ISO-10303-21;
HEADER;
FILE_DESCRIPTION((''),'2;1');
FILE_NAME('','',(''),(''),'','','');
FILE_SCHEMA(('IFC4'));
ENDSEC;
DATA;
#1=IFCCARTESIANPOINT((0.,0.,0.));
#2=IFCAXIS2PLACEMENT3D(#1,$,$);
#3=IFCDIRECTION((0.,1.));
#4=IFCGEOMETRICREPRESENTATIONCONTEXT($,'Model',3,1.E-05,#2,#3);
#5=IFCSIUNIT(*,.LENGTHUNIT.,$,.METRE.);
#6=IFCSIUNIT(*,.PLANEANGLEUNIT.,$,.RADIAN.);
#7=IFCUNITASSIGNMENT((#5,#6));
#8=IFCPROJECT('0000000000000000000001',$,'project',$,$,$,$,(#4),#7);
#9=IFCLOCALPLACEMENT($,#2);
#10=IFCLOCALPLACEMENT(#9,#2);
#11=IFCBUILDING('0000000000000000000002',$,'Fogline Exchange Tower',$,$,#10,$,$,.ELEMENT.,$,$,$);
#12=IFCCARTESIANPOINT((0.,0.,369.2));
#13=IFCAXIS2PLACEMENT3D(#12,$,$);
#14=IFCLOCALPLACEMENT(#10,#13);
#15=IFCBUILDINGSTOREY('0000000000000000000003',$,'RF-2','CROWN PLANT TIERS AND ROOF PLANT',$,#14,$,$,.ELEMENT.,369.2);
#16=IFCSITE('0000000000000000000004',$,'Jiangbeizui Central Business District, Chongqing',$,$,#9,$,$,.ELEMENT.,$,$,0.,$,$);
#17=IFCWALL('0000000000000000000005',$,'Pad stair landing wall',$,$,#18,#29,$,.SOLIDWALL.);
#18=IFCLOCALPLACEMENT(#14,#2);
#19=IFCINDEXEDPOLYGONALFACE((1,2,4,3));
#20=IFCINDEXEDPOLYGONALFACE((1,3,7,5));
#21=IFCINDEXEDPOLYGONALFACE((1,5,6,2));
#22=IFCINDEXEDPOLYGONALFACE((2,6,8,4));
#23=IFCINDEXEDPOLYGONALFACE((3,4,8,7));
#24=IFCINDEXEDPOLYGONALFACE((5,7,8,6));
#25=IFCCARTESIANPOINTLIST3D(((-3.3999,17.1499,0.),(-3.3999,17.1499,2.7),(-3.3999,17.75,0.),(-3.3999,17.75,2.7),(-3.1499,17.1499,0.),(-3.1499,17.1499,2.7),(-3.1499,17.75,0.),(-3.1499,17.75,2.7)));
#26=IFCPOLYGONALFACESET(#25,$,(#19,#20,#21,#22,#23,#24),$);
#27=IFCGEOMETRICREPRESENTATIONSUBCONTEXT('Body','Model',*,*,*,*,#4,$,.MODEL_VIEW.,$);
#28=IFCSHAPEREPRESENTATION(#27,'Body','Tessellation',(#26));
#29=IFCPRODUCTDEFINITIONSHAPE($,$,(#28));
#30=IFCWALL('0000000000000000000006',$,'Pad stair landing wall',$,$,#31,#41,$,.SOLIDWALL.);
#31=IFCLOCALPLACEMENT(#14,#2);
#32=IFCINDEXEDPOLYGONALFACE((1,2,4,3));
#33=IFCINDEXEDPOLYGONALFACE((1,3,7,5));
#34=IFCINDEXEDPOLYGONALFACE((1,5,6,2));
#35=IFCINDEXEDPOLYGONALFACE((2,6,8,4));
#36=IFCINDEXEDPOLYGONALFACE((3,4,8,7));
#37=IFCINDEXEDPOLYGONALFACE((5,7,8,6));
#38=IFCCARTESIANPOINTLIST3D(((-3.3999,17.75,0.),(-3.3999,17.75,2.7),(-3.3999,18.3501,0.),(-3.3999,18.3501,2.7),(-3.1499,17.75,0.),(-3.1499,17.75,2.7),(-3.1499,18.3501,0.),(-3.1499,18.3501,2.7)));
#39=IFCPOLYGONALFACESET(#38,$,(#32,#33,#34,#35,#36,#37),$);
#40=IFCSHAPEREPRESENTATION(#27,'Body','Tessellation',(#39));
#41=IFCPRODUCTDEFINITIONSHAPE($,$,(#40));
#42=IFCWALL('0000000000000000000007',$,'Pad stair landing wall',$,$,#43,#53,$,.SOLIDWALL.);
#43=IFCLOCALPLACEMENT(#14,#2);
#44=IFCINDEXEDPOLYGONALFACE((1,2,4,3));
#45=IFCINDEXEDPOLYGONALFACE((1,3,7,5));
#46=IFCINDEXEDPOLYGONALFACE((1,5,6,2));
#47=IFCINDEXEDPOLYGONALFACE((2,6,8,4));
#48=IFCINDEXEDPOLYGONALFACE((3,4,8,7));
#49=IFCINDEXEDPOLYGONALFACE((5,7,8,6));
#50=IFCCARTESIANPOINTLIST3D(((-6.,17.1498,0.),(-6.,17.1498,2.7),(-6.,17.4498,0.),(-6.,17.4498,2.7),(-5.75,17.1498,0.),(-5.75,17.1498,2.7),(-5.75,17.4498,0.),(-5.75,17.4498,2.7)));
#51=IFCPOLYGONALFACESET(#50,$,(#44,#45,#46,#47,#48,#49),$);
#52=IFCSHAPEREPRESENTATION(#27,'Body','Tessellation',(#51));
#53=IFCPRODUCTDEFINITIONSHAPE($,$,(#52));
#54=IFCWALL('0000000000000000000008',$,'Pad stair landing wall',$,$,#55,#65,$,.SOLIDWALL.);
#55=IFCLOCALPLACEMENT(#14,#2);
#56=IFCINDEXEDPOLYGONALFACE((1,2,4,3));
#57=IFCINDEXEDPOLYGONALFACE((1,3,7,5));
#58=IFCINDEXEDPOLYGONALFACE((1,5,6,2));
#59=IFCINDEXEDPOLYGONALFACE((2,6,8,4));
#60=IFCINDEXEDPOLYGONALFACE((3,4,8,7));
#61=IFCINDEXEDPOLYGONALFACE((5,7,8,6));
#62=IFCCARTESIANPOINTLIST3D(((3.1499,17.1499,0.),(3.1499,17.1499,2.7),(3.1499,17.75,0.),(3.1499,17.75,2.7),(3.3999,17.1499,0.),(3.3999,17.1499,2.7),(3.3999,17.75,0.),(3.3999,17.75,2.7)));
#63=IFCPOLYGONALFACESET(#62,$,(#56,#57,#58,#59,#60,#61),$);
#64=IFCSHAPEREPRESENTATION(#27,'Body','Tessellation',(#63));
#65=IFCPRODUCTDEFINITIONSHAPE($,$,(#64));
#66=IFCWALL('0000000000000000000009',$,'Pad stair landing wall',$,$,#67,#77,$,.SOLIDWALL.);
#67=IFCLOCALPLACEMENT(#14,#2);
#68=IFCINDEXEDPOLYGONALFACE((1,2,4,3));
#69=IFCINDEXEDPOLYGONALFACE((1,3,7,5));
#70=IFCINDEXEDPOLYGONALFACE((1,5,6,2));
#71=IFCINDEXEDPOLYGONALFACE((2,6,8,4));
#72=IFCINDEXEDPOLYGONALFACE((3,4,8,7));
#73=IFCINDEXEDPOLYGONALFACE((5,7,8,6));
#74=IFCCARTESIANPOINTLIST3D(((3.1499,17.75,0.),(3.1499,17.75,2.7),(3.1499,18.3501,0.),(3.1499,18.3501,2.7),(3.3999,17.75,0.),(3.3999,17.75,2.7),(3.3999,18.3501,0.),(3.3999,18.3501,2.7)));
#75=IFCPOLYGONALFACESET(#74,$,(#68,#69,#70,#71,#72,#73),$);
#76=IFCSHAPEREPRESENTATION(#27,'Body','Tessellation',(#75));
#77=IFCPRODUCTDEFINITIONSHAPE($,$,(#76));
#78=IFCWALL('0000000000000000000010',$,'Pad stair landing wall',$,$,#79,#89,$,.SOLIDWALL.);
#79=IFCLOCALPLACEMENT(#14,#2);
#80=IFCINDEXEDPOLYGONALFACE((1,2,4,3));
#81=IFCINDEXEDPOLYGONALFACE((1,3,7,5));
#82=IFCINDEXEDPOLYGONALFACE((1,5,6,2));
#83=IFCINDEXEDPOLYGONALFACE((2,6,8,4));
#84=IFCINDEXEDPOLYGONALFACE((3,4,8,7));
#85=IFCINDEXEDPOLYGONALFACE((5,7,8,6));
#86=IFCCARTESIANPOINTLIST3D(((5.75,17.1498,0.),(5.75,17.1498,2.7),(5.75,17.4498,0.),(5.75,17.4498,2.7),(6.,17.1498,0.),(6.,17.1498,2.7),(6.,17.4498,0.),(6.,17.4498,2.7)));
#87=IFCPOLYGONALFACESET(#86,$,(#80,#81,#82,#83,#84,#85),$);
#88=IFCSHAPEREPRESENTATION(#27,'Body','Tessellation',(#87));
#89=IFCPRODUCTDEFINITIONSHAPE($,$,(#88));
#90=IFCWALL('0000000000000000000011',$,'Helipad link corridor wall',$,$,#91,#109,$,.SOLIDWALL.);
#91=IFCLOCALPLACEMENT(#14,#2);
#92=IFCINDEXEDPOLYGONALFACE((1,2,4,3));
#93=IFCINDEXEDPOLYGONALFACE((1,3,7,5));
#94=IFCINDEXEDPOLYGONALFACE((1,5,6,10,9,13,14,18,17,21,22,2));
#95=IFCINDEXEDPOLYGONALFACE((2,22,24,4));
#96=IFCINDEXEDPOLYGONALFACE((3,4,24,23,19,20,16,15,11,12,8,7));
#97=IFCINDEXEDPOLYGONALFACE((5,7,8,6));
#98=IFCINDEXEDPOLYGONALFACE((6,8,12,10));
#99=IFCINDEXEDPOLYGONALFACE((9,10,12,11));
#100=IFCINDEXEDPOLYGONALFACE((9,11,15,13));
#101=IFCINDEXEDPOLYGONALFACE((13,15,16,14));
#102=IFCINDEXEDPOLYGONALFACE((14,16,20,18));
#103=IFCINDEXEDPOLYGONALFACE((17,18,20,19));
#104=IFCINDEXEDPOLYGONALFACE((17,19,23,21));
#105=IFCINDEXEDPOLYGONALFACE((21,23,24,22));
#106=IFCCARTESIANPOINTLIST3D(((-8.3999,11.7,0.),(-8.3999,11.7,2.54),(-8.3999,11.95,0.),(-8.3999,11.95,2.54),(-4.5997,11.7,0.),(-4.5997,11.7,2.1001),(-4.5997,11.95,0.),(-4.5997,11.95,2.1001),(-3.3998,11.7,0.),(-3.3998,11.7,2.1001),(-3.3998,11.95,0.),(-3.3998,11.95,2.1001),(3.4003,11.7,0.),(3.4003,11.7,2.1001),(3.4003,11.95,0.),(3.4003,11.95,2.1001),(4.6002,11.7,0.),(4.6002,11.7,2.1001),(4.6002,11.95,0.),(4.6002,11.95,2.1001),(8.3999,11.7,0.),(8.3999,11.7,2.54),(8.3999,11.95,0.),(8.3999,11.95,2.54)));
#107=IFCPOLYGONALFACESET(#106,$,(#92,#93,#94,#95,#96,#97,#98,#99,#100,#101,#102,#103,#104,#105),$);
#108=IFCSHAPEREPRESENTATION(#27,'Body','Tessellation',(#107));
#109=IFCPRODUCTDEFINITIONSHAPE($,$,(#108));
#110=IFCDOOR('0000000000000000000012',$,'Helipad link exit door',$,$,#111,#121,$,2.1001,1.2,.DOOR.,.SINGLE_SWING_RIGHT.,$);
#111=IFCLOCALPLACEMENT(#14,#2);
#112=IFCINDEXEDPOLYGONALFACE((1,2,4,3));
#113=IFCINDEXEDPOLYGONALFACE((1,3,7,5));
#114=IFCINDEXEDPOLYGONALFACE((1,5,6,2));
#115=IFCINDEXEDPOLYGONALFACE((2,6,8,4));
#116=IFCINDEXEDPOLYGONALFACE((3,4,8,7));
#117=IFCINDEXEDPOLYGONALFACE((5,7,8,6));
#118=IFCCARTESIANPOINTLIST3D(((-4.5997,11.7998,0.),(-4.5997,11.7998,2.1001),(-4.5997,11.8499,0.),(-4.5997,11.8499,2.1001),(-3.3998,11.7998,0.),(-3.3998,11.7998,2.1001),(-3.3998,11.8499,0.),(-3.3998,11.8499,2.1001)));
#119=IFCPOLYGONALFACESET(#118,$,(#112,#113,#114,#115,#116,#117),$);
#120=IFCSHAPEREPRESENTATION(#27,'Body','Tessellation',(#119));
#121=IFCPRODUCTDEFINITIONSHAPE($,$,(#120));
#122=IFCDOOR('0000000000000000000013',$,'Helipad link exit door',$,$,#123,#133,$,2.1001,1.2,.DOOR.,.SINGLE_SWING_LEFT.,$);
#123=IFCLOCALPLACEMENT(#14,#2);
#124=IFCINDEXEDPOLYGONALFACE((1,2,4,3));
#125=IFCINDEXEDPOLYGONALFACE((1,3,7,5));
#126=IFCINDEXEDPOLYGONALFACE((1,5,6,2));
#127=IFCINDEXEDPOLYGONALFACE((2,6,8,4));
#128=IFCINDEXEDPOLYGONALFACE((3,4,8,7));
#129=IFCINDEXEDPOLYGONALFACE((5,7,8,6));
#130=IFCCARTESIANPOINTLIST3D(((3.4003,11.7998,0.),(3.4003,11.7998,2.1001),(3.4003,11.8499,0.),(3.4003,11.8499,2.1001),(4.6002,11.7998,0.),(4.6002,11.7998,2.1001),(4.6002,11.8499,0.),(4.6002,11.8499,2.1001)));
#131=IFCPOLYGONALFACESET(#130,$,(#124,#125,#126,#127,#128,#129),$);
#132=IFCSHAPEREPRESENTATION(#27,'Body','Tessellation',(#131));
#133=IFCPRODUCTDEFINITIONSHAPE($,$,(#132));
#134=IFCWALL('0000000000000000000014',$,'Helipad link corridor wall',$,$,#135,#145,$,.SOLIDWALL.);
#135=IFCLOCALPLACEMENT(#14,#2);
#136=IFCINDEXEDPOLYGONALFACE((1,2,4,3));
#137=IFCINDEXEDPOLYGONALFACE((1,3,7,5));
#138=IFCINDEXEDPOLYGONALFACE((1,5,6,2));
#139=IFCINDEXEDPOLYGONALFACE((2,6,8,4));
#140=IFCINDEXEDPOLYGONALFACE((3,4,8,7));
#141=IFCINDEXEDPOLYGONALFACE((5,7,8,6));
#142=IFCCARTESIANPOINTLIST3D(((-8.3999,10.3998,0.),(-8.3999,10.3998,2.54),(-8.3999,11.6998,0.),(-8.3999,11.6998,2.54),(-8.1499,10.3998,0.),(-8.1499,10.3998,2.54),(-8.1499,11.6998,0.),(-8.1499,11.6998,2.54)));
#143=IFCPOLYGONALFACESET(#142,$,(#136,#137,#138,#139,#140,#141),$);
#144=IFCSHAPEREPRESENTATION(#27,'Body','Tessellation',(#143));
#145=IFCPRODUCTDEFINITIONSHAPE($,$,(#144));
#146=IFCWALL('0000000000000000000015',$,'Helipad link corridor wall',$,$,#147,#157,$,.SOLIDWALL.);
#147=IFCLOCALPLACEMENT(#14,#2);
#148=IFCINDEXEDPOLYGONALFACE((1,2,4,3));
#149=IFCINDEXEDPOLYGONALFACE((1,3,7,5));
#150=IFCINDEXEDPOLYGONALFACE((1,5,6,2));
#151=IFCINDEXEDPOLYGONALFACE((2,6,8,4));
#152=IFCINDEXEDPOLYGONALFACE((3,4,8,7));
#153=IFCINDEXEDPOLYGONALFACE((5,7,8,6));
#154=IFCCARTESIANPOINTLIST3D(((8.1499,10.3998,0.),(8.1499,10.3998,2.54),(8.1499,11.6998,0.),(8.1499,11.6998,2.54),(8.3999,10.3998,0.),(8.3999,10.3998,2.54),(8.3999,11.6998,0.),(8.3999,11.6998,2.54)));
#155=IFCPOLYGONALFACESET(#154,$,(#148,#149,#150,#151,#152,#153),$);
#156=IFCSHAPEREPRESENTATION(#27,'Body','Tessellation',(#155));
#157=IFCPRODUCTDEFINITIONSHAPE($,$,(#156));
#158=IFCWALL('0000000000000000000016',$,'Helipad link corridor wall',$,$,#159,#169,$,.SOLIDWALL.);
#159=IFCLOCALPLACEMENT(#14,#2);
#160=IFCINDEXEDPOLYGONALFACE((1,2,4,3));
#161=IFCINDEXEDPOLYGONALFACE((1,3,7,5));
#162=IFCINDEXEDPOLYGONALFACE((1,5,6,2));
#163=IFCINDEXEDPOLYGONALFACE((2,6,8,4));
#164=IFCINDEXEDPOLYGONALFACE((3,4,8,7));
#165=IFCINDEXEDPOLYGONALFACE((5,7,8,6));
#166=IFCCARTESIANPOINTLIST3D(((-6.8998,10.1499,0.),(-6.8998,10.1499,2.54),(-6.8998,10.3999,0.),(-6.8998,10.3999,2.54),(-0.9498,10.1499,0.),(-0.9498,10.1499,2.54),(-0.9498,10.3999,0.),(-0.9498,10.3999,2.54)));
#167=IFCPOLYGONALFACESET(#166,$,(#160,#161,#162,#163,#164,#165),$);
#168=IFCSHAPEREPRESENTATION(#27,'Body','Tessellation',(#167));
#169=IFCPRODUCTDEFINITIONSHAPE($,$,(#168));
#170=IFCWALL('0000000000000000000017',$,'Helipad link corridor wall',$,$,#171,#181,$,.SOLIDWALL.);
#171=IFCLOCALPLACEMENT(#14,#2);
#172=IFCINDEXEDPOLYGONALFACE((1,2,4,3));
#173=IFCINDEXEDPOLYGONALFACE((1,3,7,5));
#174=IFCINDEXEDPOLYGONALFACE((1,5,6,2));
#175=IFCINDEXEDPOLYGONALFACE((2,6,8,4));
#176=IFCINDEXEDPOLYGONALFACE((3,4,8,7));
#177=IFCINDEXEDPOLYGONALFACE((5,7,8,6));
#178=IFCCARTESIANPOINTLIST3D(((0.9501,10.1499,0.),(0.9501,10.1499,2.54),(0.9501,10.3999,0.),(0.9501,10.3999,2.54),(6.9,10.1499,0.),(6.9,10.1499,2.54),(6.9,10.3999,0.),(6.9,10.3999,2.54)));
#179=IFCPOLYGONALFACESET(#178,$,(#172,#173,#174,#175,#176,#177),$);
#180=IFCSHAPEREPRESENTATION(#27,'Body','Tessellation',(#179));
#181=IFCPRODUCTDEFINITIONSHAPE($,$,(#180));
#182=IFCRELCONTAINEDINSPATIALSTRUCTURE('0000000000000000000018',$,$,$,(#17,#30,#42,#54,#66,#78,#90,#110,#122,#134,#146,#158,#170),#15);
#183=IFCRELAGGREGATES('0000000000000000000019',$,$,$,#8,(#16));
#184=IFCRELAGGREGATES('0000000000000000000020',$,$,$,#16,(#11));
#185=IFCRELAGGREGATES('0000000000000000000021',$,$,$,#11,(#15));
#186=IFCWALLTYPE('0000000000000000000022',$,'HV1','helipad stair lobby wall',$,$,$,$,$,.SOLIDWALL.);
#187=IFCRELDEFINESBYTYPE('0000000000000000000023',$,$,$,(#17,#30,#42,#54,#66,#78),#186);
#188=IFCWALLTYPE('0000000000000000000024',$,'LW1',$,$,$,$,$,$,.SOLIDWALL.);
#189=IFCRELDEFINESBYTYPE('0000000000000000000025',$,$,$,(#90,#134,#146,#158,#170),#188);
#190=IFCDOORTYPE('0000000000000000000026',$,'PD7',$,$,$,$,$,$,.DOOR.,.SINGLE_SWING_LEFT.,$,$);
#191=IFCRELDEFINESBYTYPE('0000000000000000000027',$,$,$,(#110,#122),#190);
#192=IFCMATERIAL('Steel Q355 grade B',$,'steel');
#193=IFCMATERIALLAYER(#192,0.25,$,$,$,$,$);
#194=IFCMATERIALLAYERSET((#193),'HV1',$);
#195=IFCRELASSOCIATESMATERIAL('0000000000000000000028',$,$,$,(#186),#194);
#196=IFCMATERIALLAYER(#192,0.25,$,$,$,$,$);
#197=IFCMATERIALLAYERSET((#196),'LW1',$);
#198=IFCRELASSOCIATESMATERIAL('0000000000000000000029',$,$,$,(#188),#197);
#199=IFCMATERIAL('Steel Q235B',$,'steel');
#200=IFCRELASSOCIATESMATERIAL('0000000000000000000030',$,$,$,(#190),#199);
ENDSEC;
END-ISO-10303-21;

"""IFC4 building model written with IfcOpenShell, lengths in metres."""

from ifc_helpers import new_model, si_unit, direction, frame, frame_2d, origin, place, context, subcontext, project, spatial, rectangle, extrude, material, layer, layer_set, type_object, element, fill, save


model = new_model("IFC4")

# Units and contexts
model_context = context("Model", 3, precision=1e-05, world=origin(), true_north=direction((0.0, 1.0)))
body_context = subcontext(model_context, "Body", "Model", "MODEL_VIEW")
ifc_project = project(units=[si_unit("LENGTHUNIT", "METRE"), si_unit("PLANEANGLEUNIT", "RADIAN")], contexts=[model_context])

# Site, building, storey
site_placement = place(None, origin())
site = spatial("IfcSite", under=ifc_project, at=site_placement, Name="Jiangbeizui Central Business District, Chongqing", CompositionType="ELEMENT", RefElevation=0.0)
building_placement = place(site_placement, origin())
building = spatial("IfcBuilding", under=site, at=building_placement, Name="Fogline Exchange Tower", CompositionType="ELEMENT")
storey_placement = place(building_placement, frame((0.0, 0.0, 369.2)))
storey = spatial("IfcBuildingStorey", under=building, at=storey_placement, Name="RF-2", Description="CROWN PLANT TIERS AND ROOF PLANT", CompositionType="ELEMENT", Elevation=369.2)

# Shared definitions
ifc_material_1 = material(Name="Steel Q355 grade B", Category="steel")
ifc_layer_1 = layer(ifc_material_1, 0.25)
ifc_layer_set_1 = layer_set([ifc_layer_1], Name="HV1")
wall_type_1 = type_object("IfcWallType", Name="HV1", Description="helipad stair lobby wall", PredefinedType="SOLIDWALL", material=ifc_layer_set_1)

# Walls
for number, where, z_axis, x_axis, name in (
    (1, (-3.2749, 17.1499, 0.0), (0.0, 0.0, 1.0), (0.0, 1.0, 0.0), "Pad stair landing wall"),
    (2, (-3.2749, 17.75, 0.0), (0.0, 0.0, 1.0), (0.0, 1.0, 0.0), "Pad stair landing wall"),
):
    element("IfcWall", number, at=place(storey_placement, frame(where, z_axis=z_axis, x_axis=x_axis)), inside=storey, type_object=wall_type_1, Name=name, PredefinedType="SOLIDWALL", context=body_context, shape_type="SweptSolid", body=[
        extrude(rectangle(XDim=0.6001, YDim=0.25, at=frame_2d((0.3, 0.0))), origin(), (0.0, 0.0, 1.0), 2.7),
    ])
wall_1_placement = place(storey_placement, frame((-5.875, 17.1499, 0.0), z_axis=(0.0, 0.0, 1.0), x_axis=(0.0, 1.0, 0.0)))
element("IfcWall", 3, at=wall_1_placement, inside=storey, type_object=wall_type_1, Name="Pad stair landing wall", PredefinedType="SOLIDWALL", context=body_context, shape_type="SweptSolid", body=[
    extrude(rectangle(XDim=0.3, YDim=0.25, at=frame_2d((0.1499, 0.0))), origin(), (0.0, 0.0, 1.0), 2.7),
])
for number, where, z_axis, x_axis, name in (
    (4, (3.2749, 17.1499, 0.0), (0.0, 0.0, 1.0), (0.0, 1.0, 0.0), "Pad stair landing wall"),
    (5, (3.2749, 17.75, 0.0), (0.0, 0.0, 1.0), (0.0, 1.0, 0.0), "Pad stair landing wall"),
):
    element("IfcWall", number, at=place(storey_placement, frame(where, z_axis=z_axis, x_axis=x_axis)), inside=storey, type_object=wall_type_1, Name=name, PredefinedType="SOLIDWALL", context=body_context, shape_type="SweptSolid", body=[
        extrude(rectangle(XDim=0.6001, YDim=0.25, at=frame_2d((0.3, 0.0))), origin(), (0.0, 0.0, 1.0), 2.7),
    ])
wall_2_placement = place(storey_placement, frame((5.875, 17.1499, 0.0), z_axis=(0.0, 0.0, 1.0), x_axis=(0.0, 1.0, 0.0)))
element("IfcWall", 6, at=wall_2_placement, inside=storey, type_object=wall_type_1, Name="Pad stair landing wall", PredefinedType="SOLIDWALL", context=body_context, shape_type="SweptSolid", body=[
    extrude(rectangle(XDim=0.3, YDim=0.25, at=frame_2d((0.1499, 0.0))), origin(), (0.0, 0.0, 1.0), 2.7),
])

# Wall, openings, doors
ifc_layer_2 = layer(ifc_material_1, 0.25)
ifc_layer_set_2 = layer_set([ifc_layer_2], Name="LW1")
wall_type_2 = type_object("IfcWallType", Name="LW1", PredefinedType="SOLIDWALL", material=ifc_layer_set_2)
wall_3_placement = place(storey_placement, frame((-8.3999, 11.825, 0.0), z_axis=(0.0, 0.0, 1.0), x_axis=(1.0, 0.0, 0.0)))
wall_3 = element("IfcWall", 7, at=wall_3_placement, inside=storey, type_object=wall_type_2, Name="Helipad link corridor wall", PredefinedType="SOLIDWALL", context=body_context, shape_type="SweptSolid", body=[
    extrude(rectangle(XDim=16.7998, YDim=0.25, at=frame_2d((8.3999, 0.0))), origin(), (0.0, 0.0, 1.0), 2.54),
])
opening_1_placement = place(wall_3_placement, frame((3.8, 0.0, 0.0)))
opening_1 = element("IfcOpeningElement", 8, at=opening_1_placement, cuts=wall_3, PredefinedType="OPENING", context=body_context, shape_type="SweptSolid", body=[
    extrude(rectangle(XDim=1.2, YDim=2.1001, at=frame_2d((0.6001, 1.05))), frame((0.0, 0.135, 0.0), z_axis=(0.0, -1.0, 0.0), x_axis=(1.0, 0.0, 0.0)), (0.0, 0.0, 1.0), 0.27),
])
opening_2_placement = place(wall_3_placement, frame((11.8, 0.0, 0.0)))
opening_2 = element("IfcOpeningElement", 9, at=opening_2_placement, cuts=wall_3, PredefinedType="OPENING", context=body_context, shape_type="SweptSolid", body=[
    extrude(rectangle(XDim=1.2, YDim=2.1001, at=frame_2d((0.6001, 1.05))), frame((0.0, 0.135, 0.0), z_axis=(0.0, -1.0, 0.0), x_axis=(1.0, 0.0, 0.0)), (0.0, 0.0, 1.0), 0.27),
])
ifc_material_2 = material(Name="Steel Q235B", Category="steel")
door_type_1 = type_object("IfcDoorType", Name="PD7", OperationType="SINGLE_SWING_LEFT", PredefinedType="DOOR", material=ifc_material_2)
door_1_placement = place(opening_1_placement, origin())
door_1 = element("IfcDoor", 10, at=door_1_placement, inside=storey, type_object=door_type_1, Name="Helipad link exit door", OperationType="SINGLE_SWING_RIGHT", OverallHeight=2.1001, OverallWidth=1.2, PredefinedType="DOOR", context=body_context, shape_type="SweptSolid", body=[
    extrude(rectangle(XDim=1.2, YDim=2.1001, at=frame_2d((0.6001, 1.05))), frame((0.0, 0.0249, 0.0), z_axis=(0.0, -1.0, 0.0), x_axis=(1.0, 0.0, 0.0)), (0.0, 0.0, 1.0), 0.05),
])
fill(opening_1, door_1)
door_2_placement = place(opening_2_placement, origin())
door_2 = element("IfcDoor", 11, at=door_2_placement, inside=storey, type_object=door_type_1, Name="Helipad link exit door", OperationType="SINGLE_SWING_LEFT", OverallHeight=2.1001, OverallWidth=1.2, PredefinedType="DOOR", context=body_context, shape_type="SweptSolid", body=[
    extrude(rectangle(XDim=1.2, YDim=2.1001, at=frame_2d((0.6001, 1.05))), frame((0.0, 0.0249, 0.0), z_axis=(0.0, -1.0, 0.0), x_axis=(1.0, 0.0, 0.0)), (0.0, 0.0, 1.0), 0.05),
])
fill(opening_2, door_2)

# Walls
for number, where, z_axis, x_axis, name in (
    (12, (-8.2749, 10.3999, 0.0), (0.0, 0.0, 1.0), (0.0, 1.0, 0.0), "Helipad link corridor wall"),
    (13, (8.2749, 10.3999, 0.0), (0.0, 0.0, 1.0), (0.0, 1.0, 0.0), "Helipad link corridor wall"),
):
    element("IfcWall", number, at=place(storey_placement, frame(where, z_axis=z_axis, x_axis=x_axis)), inside=storey, type_object=wall_type_2, Name=name, PredefinedType="SOLIDWALL", context=body_context, shape_type="SweptSolid", body=[
        extrude(rectangle(XDim=1.3, YDim=0.25, at=frame_2d((0.6499, 0.0))), origin(), (0.0, 0.0, 1.0), 2.54),
    ])
for number, where, z_axis, x_axis, name in (
    (14, (-6.8999, 10.2749, 0.0), (0.0, 0.0, 1.0), (1.0, 0.0, 0.0), "Helipad link corridor wall"),
    (15, (0.95, 10.2749, 0.0), (0.0, 0.0, 1.0), (1.0, 0.0, 0.0), "Helipad link corridor wall"),
):
    element("IfcWall", number, at=place(storey_placement, frame(where, z_axis=z_axis, x_axis=x_axis)), inside=storey, type_object=wall_type_2, Name=name, PredefinedType="SOLIDWALL", context=body_context, shape_type="SweptSolid", body=[
        extrude(rectangle(XDim=5.95, YDim=0.25, at=frame_2d((2.9751, 0.0))), origin(), (0.0, 0.0, 1.0), 2.54),
    ])

save(model, "model.ifc")
